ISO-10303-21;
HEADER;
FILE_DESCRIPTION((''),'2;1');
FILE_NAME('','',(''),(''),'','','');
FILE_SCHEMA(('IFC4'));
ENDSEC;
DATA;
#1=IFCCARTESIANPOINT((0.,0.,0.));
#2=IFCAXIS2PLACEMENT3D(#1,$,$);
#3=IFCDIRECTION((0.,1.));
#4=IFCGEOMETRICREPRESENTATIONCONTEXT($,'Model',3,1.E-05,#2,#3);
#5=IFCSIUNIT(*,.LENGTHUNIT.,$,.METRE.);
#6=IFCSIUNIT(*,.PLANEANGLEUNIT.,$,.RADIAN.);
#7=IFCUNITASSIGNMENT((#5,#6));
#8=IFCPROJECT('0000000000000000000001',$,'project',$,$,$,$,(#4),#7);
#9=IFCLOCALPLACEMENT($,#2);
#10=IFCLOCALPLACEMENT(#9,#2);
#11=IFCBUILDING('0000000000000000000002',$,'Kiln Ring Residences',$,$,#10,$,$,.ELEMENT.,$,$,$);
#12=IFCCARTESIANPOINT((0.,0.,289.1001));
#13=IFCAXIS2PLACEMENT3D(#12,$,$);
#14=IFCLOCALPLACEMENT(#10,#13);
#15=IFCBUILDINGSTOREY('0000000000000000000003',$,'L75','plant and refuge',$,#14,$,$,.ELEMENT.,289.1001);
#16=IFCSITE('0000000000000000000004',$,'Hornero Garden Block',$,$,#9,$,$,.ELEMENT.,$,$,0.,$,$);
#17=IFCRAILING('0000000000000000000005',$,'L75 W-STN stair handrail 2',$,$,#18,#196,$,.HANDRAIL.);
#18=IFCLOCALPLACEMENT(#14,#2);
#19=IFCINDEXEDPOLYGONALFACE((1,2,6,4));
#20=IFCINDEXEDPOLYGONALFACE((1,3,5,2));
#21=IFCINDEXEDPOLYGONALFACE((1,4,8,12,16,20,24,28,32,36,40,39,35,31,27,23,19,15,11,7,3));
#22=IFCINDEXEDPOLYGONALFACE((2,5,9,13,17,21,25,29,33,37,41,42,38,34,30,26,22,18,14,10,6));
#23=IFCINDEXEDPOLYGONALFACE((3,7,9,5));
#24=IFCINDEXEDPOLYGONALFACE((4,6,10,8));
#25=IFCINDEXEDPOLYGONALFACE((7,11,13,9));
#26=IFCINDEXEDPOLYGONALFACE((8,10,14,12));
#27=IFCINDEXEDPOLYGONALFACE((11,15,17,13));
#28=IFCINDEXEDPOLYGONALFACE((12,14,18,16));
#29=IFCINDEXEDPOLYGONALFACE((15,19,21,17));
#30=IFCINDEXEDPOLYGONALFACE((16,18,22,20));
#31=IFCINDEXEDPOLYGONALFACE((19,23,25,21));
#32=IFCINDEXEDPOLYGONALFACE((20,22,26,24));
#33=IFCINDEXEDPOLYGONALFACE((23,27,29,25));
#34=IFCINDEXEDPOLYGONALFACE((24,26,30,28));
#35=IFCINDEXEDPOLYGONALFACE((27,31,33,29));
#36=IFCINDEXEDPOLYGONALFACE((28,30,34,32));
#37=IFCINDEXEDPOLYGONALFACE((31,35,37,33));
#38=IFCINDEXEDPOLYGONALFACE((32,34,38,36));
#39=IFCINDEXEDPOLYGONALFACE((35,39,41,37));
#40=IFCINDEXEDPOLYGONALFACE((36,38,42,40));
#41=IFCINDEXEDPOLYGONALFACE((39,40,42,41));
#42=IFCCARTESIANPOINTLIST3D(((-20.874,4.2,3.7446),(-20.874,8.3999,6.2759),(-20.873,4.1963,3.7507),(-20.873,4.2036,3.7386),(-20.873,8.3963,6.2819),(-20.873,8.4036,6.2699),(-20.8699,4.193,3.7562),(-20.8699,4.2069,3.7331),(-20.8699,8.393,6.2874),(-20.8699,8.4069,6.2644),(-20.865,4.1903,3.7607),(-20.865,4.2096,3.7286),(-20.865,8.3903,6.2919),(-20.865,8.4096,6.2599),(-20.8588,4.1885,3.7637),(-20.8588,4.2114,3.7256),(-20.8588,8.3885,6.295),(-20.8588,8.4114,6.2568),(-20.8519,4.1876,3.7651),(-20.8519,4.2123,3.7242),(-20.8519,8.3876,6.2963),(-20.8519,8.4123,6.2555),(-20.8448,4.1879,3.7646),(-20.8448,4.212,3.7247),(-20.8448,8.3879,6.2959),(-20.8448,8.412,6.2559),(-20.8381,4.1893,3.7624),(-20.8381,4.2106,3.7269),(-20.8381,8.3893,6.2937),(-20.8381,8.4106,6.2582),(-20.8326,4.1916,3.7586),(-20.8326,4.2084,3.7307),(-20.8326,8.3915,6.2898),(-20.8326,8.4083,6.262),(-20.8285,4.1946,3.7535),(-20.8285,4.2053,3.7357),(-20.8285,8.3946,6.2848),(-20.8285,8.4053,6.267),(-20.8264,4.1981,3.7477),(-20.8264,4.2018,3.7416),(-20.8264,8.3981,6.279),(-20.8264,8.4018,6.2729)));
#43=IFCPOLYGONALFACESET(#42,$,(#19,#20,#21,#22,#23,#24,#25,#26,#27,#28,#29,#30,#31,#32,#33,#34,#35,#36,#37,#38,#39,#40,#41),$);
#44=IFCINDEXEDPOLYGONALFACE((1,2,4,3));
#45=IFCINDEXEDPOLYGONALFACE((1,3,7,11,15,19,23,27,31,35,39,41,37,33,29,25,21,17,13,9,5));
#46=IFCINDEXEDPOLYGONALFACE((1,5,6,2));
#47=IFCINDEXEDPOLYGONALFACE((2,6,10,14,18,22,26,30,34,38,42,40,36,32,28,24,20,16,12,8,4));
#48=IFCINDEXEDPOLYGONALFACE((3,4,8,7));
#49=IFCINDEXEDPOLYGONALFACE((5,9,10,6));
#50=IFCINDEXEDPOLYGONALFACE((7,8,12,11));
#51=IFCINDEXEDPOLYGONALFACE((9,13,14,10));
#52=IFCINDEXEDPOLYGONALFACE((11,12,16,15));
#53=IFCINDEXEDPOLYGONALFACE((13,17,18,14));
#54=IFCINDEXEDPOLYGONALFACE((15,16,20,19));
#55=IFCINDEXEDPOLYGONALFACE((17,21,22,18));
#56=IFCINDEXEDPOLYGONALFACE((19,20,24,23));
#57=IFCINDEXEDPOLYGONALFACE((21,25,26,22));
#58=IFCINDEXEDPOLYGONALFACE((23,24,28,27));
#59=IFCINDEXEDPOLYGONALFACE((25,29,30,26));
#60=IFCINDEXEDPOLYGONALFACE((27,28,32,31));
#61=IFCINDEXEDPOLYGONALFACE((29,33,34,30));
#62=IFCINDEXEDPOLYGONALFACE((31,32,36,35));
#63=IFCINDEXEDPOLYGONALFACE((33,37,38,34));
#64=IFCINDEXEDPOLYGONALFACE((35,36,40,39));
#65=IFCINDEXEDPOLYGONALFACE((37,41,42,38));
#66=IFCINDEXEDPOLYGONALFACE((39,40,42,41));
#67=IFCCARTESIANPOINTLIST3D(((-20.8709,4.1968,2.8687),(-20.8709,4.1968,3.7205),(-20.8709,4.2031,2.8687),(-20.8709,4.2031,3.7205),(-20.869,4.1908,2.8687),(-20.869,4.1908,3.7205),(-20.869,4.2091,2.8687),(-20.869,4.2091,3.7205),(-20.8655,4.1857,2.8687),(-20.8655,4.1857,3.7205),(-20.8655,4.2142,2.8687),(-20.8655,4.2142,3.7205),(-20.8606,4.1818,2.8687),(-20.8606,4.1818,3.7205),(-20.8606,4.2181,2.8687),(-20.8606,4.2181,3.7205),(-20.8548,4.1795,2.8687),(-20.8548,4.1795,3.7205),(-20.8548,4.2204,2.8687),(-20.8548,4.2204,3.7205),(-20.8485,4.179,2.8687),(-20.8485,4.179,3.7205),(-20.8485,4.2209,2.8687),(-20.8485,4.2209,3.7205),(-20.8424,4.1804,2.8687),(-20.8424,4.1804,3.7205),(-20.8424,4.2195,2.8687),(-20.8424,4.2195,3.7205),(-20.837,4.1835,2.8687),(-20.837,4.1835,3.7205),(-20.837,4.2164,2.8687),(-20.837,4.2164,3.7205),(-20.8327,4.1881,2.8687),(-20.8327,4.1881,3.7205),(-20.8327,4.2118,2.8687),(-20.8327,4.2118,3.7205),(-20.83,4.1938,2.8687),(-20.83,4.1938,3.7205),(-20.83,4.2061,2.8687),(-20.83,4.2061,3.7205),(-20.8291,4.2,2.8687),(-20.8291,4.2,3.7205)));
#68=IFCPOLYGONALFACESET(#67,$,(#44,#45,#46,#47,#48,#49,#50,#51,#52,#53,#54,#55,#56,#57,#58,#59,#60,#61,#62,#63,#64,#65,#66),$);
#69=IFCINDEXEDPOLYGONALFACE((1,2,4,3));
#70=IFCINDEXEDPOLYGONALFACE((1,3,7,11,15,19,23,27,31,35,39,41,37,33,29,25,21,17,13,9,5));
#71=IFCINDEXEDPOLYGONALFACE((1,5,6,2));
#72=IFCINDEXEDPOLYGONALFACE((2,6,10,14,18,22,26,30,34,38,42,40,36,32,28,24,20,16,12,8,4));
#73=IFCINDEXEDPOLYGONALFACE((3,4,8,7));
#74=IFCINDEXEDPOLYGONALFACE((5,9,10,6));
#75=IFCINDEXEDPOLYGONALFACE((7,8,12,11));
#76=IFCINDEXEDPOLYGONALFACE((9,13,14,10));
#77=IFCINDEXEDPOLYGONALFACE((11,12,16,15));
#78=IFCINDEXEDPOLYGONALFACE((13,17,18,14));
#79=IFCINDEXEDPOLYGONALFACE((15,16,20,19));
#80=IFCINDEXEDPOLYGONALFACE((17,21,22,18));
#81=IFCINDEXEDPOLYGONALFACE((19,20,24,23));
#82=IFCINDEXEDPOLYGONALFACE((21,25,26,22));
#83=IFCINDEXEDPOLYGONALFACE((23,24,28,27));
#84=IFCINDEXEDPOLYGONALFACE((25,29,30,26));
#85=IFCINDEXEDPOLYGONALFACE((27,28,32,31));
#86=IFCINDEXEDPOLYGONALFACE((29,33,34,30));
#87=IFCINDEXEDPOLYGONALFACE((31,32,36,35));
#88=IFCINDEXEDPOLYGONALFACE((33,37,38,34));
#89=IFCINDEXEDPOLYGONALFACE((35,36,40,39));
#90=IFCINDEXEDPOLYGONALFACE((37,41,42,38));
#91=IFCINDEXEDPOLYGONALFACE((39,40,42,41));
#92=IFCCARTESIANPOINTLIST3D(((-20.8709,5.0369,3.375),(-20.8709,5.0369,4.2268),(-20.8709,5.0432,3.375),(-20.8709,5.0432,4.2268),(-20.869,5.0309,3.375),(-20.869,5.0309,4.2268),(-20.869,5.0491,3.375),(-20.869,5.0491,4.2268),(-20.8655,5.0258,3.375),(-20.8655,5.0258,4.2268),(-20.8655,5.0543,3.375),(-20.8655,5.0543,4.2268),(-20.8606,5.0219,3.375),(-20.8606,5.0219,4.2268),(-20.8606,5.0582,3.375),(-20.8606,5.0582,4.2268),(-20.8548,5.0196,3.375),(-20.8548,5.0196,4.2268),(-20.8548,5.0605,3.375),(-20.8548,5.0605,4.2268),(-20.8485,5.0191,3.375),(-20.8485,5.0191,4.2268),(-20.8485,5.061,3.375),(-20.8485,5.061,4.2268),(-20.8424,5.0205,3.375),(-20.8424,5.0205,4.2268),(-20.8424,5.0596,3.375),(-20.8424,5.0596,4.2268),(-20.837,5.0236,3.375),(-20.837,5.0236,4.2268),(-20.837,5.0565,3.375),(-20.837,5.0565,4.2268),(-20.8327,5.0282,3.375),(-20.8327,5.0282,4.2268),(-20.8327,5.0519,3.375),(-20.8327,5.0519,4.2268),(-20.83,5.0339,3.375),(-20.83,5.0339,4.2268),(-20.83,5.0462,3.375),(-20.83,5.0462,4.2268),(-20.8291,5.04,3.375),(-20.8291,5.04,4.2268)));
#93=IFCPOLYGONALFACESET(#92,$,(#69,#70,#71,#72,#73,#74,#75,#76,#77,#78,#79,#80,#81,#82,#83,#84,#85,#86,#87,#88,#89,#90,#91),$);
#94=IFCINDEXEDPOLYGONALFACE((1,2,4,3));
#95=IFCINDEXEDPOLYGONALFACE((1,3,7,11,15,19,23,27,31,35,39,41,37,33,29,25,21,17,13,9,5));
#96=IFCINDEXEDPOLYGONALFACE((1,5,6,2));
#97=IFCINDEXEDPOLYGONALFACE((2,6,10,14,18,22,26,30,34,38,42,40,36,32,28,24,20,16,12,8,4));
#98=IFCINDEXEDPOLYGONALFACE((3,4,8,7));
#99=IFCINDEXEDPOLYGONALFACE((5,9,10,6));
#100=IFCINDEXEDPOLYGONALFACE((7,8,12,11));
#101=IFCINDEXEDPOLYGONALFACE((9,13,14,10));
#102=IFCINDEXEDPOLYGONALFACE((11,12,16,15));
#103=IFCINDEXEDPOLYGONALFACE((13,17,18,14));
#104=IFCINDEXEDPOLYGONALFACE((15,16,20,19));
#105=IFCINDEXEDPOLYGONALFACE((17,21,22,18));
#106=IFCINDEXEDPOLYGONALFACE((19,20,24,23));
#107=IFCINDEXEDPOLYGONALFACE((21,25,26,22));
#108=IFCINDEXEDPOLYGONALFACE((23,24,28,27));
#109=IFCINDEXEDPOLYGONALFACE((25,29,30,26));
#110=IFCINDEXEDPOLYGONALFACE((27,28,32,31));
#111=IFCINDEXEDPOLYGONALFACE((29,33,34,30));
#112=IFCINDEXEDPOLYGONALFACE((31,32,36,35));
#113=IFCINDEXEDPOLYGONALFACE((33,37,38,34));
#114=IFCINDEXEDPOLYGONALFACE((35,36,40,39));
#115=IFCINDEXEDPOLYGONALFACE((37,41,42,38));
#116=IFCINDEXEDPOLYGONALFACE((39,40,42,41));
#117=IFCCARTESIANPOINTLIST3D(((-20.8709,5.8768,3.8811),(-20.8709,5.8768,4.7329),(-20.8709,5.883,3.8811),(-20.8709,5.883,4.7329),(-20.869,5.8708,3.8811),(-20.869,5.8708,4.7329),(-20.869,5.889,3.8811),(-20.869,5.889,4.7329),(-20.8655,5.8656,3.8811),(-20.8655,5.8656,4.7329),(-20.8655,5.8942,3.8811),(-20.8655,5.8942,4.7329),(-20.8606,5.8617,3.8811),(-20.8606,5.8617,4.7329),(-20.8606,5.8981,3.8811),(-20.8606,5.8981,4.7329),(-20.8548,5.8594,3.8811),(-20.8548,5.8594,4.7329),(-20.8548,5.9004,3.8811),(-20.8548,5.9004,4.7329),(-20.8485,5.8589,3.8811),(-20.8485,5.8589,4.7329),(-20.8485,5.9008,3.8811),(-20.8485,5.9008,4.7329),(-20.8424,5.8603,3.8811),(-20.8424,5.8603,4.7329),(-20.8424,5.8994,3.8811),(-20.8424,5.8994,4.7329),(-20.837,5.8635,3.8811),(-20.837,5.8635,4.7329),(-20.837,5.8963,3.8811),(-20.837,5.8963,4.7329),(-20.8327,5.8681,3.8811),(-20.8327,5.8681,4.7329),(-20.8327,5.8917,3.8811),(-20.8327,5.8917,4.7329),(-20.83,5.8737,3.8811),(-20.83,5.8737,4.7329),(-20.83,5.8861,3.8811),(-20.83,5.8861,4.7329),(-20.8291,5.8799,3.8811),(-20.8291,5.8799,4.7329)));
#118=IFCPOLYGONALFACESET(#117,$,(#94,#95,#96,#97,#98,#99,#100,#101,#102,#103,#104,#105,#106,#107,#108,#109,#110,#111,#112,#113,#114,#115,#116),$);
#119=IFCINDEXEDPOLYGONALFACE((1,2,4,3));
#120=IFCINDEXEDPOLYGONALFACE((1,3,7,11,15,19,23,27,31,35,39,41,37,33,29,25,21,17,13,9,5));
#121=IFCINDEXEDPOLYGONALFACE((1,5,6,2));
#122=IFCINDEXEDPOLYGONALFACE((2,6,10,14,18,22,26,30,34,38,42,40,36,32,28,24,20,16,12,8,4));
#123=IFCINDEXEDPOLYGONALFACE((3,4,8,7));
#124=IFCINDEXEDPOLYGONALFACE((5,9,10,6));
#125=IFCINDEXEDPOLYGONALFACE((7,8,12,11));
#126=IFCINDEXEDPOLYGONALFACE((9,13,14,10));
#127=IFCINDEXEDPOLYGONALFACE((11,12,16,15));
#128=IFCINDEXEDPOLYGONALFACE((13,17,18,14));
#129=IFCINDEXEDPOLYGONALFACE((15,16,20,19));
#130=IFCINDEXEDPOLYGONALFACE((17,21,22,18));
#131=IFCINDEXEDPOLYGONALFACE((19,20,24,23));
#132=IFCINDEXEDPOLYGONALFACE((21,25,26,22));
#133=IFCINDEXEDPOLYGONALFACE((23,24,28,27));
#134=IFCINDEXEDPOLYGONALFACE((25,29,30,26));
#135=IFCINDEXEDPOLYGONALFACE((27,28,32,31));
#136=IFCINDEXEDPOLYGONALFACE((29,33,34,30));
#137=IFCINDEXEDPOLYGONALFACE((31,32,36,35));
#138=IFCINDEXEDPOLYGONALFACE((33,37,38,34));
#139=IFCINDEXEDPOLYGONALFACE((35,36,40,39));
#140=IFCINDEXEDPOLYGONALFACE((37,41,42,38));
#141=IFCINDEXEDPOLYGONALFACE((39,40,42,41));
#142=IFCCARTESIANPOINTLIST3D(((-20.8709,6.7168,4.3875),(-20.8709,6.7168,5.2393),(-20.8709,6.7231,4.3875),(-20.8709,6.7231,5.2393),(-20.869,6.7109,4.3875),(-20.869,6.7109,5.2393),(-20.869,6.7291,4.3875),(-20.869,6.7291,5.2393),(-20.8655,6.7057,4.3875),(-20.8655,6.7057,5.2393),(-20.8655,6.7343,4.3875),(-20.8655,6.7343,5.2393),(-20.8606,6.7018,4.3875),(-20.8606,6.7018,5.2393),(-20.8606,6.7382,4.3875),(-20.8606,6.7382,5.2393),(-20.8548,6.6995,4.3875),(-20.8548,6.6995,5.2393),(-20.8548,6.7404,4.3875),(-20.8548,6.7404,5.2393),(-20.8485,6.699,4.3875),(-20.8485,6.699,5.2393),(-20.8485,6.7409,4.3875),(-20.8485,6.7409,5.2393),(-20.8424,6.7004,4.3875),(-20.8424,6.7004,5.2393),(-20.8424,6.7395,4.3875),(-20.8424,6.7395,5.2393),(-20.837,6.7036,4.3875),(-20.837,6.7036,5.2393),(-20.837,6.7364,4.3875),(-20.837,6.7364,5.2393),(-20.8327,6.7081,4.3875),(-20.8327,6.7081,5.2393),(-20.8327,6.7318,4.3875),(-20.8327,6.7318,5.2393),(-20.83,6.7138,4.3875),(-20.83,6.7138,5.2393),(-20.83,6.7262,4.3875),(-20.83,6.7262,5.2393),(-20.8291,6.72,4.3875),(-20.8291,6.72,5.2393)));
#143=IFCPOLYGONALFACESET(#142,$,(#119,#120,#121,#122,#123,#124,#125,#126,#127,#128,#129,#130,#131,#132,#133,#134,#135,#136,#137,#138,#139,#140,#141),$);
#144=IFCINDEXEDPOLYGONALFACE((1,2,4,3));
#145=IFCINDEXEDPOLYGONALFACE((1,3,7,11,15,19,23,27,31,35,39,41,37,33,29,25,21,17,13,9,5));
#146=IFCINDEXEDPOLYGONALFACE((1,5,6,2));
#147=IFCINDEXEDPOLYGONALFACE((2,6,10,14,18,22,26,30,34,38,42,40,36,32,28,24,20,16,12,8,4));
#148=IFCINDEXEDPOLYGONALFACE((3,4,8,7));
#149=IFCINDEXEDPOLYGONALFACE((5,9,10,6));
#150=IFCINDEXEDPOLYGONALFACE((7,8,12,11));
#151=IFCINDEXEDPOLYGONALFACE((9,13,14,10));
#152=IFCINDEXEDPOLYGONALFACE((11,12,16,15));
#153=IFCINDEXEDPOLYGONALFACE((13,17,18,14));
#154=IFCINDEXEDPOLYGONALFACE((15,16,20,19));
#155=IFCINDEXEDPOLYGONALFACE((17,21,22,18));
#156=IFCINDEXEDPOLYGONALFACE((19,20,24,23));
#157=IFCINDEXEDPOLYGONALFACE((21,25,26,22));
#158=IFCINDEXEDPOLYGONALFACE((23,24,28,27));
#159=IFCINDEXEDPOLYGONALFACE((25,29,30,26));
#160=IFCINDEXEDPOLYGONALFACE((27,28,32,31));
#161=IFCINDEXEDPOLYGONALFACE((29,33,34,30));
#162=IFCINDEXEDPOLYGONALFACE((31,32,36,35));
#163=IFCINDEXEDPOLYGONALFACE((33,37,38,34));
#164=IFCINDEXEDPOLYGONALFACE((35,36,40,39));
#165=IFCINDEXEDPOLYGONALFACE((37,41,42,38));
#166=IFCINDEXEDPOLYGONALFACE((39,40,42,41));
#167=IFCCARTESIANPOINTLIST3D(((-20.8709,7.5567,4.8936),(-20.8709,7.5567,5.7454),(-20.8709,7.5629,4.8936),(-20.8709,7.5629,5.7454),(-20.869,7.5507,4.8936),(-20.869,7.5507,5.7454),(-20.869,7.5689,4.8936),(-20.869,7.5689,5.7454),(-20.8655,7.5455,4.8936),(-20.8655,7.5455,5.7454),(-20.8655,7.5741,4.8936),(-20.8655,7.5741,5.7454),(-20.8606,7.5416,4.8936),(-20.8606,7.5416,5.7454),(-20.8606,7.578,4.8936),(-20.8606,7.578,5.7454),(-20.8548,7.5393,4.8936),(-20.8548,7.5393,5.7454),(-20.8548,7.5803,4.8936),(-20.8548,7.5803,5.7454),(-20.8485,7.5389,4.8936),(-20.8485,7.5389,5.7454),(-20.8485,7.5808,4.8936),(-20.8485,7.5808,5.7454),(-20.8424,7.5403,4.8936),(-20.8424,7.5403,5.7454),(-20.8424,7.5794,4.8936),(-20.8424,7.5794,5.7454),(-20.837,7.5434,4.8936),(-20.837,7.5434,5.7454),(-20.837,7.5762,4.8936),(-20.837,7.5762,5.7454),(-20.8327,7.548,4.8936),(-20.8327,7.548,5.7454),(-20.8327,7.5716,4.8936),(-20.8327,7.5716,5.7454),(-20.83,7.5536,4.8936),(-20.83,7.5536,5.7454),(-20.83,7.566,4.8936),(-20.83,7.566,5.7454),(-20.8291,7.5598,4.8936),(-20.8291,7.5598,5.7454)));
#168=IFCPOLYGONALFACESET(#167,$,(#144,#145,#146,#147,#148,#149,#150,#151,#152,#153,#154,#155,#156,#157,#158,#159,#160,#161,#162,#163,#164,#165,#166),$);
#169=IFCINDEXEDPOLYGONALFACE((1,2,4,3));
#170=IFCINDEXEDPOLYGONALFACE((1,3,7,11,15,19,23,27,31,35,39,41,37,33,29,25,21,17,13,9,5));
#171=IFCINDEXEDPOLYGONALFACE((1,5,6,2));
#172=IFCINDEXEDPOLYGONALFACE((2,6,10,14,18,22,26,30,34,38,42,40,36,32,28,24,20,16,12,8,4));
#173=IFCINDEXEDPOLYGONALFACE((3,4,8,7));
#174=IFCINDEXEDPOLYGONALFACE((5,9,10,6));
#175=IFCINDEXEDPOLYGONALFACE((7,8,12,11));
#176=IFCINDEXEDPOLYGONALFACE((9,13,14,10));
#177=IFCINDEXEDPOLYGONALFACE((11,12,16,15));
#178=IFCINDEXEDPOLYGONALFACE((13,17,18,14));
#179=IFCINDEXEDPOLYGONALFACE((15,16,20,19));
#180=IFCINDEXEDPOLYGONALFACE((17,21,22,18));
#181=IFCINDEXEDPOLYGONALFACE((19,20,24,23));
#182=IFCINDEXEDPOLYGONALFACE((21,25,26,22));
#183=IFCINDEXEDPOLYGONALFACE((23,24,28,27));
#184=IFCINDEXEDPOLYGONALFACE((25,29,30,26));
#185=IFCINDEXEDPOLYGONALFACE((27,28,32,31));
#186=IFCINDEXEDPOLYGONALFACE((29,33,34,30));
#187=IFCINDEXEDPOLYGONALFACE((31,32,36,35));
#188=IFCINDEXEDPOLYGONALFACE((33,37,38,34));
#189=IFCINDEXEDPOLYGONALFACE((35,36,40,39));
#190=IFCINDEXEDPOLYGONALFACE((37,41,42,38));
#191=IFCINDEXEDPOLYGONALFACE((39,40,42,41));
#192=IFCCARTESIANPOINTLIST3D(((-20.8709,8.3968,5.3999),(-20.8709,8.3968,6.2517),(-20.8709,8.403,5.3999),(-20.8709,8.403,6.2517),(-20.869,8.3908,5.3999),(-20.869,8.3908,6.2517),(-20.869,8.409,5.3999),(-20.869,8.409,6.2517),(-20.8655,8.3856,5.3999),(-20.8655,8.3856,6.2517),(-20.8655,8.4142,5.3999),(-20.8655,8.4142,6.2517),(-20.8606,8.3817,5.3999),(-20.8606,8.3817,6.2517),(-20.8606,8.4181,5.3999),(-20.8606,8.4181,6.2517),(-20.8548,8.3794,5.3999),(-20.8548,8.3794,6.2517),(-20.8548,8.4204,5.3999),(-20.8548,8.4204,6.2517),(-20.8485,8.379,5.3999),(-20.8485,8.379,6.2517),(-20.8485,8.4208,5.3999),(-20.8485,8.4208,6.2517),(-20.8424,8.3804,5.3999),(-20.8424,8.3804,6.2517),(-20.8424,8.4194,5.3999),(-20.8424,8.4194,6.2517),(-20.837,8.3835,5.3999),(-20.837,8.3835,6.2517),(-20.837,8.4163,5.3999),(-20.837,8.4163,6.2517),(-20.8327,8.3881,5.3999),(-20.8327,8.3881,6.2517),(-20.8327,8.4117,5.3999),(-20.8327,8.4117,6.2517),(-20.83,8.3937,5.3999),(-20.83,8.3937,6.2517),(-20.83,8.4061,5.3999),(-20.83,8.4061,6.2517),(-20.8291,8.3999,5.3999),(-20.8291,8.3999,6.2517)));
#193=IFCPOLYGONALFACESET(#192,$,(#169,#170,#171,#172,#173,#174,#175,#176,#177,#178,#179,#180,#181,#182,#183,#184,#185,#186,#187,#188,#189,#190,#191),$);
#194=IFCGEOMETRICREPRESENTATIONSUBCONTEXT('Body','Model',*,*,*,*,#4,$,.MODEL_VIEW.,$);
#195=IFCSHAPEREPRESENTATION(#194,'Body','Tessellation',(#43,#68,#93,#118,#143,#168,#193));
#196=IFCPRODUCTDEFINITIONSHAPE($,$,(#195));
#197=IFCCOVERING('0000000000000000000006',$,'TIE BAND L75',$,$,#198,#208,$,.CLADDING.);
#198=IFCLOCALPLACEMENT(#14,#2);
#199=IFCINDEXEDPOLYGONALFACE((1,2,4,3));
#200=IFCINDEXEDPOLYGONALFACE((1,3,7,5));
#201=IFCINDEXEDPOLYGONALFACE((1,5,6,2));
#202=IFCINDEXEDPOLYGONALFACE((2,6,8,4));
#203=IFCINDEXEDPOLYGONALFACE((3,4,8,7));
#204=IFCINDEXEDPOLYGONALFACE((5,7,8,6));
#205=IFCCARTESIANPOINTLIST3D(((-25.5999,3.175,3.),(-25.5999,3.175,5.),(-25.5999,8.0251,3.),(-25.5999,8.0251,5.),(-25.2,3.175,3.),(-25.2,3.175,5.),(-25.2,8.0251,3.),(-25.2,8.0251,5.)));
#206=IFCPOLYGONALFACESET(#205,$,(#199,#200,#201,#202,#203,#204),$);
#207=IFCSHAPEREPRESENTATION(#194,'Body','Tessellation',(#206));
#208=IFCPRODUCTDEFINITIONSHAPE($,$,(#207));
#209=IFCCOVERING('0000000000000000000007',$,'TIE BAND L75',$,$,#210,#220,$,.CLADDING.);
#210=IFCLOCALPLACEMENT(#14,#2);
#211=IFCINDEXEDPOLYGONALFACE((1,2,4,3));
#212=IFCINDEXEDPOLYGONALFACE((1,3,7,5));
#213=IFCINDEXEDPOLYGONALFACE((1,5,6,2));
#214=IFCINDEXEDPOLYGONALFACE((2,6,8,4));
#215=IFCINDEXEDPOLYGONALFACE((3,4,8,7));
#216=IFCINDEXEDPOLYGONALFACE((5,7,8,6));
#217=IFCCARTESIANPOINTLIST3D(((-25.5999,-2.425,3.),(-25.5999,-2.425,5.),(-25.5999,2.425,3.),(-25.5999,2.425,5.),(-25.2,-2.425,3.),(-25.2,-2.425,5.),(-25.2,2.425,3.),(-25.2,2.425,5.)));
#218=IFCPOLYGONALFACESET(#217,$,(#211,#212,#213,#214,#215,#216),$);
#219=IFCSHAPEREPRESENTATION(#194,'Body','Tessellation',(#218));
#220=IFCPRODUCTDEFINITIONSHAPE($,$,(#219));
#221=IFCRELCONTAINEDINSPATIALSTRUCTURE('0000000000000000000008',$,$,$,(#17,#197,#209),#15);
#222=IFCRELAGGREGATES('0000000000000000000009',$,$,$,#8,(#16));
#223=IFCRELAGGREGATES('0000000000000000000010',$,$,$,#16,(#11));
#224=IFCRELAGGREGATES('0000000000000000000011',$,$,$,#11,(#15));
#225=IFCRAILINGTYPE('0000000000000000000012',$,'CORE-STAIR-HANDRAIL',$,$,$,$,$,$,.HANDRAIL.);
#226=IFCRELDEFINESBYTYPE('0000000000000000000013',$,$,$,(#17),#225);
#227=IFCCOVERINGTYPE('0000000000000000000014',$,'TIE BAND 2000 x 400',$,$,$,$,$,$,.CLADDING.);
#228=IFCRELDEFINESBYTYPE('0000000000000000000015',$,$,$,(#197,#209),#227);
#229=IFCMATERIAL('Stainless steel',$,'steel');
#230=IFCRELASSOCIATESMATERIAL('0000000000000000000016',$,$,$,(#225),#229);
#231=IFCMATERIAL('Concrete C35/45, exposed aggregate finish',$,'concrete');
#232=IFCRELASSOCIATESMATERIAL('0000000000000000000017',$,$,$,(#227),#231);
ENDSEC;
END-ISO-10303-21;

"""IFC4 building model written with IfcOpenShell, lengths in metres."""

from ifc_helpers import new_model, si_unit, direction, frame, origin, origin_2d, place, context, subcontext, project, spatial, rectangle, circle, extrude, material, type_object, element, save


model = new_model("IFC4")

# Units and contexts
model_context = context("Model", 3, precision=1e-05, world=origin(), true_north=direction((0.0, 1.0)))
body_context = subcontext(model_context, "Body", "Model", "MODEL_VIEW")
ifc_project = project(units=[si_unit("LENGTHUNIT", "METRE"), si_unit("PLANEANGLEUNIT", "RADIAN")], contexts=[model_context])

# Site, building, storey
site_placement = place(None, origin())
site = spatial("IfcSite", under=ifc_project, at=site_placement, Name="Hornero Garden Block", CompositionType="ELEMENT", RefElevation=0.0)
building_placement = place(site_placement, origin())
building = spatial("IfcBuilding", under=site, at=building_placement, Name="Kiln Ring Residences", CompositionType="ELEMENT")
storey_placement = place(building_placement, frame((0.0, 0.0, 289.1001)))
storey = spatial("IfcBuildingStorey", under=building, at=storey_placement, Name="L75", Description="plant and refuge", CompositionType="ELEMENT", Elevation=289.1001)

# Railing
ifc_material_1 = material(Name="Stainless steel", Category="steel")
railing_type_1 = type_object("IfcRailingType", Name="CORE-STAIR-HANDRAIL", PredefinedType="HANDRAIL", material=ifc_material_1)
railing_1_placement = place(storey_placement, frame((-20.8501, 4.2, 2.8687)))
element("IfcRailing", 1, at=railing_1_placement, inside=storey, type_object=railing_type_1, Name="L75 W-STN stair handrail 2", PredefinedType="HANDRAIL", context=body_context, shape_type="SweptSolid", body=[
    extrude(circle(Radius=0.0239, at=origin_2d()), frame((0.0, 0.0, 0.876), z_axis=(0.0, 0.856476, 0.516186), x_axis=(-1.0, 0.0, 0.0)), (0.0, 0.0, 1.0), 4.9038),
    extrude(circle(Radius=0.021, at=origin_2d()), origin(), (0.0, 0.0, 1.0), 0.8518),
    extrude(circle(Radius=0.021, at=origin_2d()), frame((0.0, 0.8401, 0.5063)), (0.0, 0.0, 1.0), 0.8518),
    extrude(circle(Radius=0.021, at=origin_2d()), frame((0.0, 1.6799, 1.0125)), (0.0, 0.0, 1.0), 0.8518),
    extrude(circle(Radius=0.021, at=origin_2d()), frame((0.0, 2.52, 1.5188)), (0.0, 0.0, 1.0), 0.8518),
    extrude(circle(Radius=0.021, at=origin_2d()), frame((0.0, 3.3599, 2.0249)), (0.0, 0.0, 1.0), 0.8518),
    extrude(circle(Radius=0.021, at=origin_2d()), frame((0.0, 4.2, 2.5312)), (0.0, 0.0, 1.0), 0.8518),
])

# Coverings
ifc_material_2 = material(Name="Concrete C35/45, exposed aggregate finish", Category="concrete")
covering_type = type_object("IfcCoveringType", Name="TIE BAND 2000 x 400", PredefinedType="CLADDING", material=ifc_material_2)
for number, where, z_axis, x_axis, name in (
    (2, (-25.3999, 5.6001, 3.0), (0.0, 0.0, 1.0), (0.0, -1.0, 0.0), "TIE BAND L75"),
    (3, (-25.3999, 0.0, 3.0), (0.0, 0.0, 1.0), (0.0, -1.0, 0.0), "TIE BAND L75"),
):
    element("IfcCovering", number, at=place(storey_placement, frame(where, z_axis=z_axis, x_axis=x_axis)), inside=storey, type_object=covering_type, Name=name, PredefinedType="CLADDING", context=body_context, shape_type="SweptSolid", body=[
        extrude(rectangle(XDim=4.8501, YDim=0.3999, at=origin_2d()), origin(), (0.0, 0.0, 1.0), 2.0),
    ])

save(model, "model.ifc")
